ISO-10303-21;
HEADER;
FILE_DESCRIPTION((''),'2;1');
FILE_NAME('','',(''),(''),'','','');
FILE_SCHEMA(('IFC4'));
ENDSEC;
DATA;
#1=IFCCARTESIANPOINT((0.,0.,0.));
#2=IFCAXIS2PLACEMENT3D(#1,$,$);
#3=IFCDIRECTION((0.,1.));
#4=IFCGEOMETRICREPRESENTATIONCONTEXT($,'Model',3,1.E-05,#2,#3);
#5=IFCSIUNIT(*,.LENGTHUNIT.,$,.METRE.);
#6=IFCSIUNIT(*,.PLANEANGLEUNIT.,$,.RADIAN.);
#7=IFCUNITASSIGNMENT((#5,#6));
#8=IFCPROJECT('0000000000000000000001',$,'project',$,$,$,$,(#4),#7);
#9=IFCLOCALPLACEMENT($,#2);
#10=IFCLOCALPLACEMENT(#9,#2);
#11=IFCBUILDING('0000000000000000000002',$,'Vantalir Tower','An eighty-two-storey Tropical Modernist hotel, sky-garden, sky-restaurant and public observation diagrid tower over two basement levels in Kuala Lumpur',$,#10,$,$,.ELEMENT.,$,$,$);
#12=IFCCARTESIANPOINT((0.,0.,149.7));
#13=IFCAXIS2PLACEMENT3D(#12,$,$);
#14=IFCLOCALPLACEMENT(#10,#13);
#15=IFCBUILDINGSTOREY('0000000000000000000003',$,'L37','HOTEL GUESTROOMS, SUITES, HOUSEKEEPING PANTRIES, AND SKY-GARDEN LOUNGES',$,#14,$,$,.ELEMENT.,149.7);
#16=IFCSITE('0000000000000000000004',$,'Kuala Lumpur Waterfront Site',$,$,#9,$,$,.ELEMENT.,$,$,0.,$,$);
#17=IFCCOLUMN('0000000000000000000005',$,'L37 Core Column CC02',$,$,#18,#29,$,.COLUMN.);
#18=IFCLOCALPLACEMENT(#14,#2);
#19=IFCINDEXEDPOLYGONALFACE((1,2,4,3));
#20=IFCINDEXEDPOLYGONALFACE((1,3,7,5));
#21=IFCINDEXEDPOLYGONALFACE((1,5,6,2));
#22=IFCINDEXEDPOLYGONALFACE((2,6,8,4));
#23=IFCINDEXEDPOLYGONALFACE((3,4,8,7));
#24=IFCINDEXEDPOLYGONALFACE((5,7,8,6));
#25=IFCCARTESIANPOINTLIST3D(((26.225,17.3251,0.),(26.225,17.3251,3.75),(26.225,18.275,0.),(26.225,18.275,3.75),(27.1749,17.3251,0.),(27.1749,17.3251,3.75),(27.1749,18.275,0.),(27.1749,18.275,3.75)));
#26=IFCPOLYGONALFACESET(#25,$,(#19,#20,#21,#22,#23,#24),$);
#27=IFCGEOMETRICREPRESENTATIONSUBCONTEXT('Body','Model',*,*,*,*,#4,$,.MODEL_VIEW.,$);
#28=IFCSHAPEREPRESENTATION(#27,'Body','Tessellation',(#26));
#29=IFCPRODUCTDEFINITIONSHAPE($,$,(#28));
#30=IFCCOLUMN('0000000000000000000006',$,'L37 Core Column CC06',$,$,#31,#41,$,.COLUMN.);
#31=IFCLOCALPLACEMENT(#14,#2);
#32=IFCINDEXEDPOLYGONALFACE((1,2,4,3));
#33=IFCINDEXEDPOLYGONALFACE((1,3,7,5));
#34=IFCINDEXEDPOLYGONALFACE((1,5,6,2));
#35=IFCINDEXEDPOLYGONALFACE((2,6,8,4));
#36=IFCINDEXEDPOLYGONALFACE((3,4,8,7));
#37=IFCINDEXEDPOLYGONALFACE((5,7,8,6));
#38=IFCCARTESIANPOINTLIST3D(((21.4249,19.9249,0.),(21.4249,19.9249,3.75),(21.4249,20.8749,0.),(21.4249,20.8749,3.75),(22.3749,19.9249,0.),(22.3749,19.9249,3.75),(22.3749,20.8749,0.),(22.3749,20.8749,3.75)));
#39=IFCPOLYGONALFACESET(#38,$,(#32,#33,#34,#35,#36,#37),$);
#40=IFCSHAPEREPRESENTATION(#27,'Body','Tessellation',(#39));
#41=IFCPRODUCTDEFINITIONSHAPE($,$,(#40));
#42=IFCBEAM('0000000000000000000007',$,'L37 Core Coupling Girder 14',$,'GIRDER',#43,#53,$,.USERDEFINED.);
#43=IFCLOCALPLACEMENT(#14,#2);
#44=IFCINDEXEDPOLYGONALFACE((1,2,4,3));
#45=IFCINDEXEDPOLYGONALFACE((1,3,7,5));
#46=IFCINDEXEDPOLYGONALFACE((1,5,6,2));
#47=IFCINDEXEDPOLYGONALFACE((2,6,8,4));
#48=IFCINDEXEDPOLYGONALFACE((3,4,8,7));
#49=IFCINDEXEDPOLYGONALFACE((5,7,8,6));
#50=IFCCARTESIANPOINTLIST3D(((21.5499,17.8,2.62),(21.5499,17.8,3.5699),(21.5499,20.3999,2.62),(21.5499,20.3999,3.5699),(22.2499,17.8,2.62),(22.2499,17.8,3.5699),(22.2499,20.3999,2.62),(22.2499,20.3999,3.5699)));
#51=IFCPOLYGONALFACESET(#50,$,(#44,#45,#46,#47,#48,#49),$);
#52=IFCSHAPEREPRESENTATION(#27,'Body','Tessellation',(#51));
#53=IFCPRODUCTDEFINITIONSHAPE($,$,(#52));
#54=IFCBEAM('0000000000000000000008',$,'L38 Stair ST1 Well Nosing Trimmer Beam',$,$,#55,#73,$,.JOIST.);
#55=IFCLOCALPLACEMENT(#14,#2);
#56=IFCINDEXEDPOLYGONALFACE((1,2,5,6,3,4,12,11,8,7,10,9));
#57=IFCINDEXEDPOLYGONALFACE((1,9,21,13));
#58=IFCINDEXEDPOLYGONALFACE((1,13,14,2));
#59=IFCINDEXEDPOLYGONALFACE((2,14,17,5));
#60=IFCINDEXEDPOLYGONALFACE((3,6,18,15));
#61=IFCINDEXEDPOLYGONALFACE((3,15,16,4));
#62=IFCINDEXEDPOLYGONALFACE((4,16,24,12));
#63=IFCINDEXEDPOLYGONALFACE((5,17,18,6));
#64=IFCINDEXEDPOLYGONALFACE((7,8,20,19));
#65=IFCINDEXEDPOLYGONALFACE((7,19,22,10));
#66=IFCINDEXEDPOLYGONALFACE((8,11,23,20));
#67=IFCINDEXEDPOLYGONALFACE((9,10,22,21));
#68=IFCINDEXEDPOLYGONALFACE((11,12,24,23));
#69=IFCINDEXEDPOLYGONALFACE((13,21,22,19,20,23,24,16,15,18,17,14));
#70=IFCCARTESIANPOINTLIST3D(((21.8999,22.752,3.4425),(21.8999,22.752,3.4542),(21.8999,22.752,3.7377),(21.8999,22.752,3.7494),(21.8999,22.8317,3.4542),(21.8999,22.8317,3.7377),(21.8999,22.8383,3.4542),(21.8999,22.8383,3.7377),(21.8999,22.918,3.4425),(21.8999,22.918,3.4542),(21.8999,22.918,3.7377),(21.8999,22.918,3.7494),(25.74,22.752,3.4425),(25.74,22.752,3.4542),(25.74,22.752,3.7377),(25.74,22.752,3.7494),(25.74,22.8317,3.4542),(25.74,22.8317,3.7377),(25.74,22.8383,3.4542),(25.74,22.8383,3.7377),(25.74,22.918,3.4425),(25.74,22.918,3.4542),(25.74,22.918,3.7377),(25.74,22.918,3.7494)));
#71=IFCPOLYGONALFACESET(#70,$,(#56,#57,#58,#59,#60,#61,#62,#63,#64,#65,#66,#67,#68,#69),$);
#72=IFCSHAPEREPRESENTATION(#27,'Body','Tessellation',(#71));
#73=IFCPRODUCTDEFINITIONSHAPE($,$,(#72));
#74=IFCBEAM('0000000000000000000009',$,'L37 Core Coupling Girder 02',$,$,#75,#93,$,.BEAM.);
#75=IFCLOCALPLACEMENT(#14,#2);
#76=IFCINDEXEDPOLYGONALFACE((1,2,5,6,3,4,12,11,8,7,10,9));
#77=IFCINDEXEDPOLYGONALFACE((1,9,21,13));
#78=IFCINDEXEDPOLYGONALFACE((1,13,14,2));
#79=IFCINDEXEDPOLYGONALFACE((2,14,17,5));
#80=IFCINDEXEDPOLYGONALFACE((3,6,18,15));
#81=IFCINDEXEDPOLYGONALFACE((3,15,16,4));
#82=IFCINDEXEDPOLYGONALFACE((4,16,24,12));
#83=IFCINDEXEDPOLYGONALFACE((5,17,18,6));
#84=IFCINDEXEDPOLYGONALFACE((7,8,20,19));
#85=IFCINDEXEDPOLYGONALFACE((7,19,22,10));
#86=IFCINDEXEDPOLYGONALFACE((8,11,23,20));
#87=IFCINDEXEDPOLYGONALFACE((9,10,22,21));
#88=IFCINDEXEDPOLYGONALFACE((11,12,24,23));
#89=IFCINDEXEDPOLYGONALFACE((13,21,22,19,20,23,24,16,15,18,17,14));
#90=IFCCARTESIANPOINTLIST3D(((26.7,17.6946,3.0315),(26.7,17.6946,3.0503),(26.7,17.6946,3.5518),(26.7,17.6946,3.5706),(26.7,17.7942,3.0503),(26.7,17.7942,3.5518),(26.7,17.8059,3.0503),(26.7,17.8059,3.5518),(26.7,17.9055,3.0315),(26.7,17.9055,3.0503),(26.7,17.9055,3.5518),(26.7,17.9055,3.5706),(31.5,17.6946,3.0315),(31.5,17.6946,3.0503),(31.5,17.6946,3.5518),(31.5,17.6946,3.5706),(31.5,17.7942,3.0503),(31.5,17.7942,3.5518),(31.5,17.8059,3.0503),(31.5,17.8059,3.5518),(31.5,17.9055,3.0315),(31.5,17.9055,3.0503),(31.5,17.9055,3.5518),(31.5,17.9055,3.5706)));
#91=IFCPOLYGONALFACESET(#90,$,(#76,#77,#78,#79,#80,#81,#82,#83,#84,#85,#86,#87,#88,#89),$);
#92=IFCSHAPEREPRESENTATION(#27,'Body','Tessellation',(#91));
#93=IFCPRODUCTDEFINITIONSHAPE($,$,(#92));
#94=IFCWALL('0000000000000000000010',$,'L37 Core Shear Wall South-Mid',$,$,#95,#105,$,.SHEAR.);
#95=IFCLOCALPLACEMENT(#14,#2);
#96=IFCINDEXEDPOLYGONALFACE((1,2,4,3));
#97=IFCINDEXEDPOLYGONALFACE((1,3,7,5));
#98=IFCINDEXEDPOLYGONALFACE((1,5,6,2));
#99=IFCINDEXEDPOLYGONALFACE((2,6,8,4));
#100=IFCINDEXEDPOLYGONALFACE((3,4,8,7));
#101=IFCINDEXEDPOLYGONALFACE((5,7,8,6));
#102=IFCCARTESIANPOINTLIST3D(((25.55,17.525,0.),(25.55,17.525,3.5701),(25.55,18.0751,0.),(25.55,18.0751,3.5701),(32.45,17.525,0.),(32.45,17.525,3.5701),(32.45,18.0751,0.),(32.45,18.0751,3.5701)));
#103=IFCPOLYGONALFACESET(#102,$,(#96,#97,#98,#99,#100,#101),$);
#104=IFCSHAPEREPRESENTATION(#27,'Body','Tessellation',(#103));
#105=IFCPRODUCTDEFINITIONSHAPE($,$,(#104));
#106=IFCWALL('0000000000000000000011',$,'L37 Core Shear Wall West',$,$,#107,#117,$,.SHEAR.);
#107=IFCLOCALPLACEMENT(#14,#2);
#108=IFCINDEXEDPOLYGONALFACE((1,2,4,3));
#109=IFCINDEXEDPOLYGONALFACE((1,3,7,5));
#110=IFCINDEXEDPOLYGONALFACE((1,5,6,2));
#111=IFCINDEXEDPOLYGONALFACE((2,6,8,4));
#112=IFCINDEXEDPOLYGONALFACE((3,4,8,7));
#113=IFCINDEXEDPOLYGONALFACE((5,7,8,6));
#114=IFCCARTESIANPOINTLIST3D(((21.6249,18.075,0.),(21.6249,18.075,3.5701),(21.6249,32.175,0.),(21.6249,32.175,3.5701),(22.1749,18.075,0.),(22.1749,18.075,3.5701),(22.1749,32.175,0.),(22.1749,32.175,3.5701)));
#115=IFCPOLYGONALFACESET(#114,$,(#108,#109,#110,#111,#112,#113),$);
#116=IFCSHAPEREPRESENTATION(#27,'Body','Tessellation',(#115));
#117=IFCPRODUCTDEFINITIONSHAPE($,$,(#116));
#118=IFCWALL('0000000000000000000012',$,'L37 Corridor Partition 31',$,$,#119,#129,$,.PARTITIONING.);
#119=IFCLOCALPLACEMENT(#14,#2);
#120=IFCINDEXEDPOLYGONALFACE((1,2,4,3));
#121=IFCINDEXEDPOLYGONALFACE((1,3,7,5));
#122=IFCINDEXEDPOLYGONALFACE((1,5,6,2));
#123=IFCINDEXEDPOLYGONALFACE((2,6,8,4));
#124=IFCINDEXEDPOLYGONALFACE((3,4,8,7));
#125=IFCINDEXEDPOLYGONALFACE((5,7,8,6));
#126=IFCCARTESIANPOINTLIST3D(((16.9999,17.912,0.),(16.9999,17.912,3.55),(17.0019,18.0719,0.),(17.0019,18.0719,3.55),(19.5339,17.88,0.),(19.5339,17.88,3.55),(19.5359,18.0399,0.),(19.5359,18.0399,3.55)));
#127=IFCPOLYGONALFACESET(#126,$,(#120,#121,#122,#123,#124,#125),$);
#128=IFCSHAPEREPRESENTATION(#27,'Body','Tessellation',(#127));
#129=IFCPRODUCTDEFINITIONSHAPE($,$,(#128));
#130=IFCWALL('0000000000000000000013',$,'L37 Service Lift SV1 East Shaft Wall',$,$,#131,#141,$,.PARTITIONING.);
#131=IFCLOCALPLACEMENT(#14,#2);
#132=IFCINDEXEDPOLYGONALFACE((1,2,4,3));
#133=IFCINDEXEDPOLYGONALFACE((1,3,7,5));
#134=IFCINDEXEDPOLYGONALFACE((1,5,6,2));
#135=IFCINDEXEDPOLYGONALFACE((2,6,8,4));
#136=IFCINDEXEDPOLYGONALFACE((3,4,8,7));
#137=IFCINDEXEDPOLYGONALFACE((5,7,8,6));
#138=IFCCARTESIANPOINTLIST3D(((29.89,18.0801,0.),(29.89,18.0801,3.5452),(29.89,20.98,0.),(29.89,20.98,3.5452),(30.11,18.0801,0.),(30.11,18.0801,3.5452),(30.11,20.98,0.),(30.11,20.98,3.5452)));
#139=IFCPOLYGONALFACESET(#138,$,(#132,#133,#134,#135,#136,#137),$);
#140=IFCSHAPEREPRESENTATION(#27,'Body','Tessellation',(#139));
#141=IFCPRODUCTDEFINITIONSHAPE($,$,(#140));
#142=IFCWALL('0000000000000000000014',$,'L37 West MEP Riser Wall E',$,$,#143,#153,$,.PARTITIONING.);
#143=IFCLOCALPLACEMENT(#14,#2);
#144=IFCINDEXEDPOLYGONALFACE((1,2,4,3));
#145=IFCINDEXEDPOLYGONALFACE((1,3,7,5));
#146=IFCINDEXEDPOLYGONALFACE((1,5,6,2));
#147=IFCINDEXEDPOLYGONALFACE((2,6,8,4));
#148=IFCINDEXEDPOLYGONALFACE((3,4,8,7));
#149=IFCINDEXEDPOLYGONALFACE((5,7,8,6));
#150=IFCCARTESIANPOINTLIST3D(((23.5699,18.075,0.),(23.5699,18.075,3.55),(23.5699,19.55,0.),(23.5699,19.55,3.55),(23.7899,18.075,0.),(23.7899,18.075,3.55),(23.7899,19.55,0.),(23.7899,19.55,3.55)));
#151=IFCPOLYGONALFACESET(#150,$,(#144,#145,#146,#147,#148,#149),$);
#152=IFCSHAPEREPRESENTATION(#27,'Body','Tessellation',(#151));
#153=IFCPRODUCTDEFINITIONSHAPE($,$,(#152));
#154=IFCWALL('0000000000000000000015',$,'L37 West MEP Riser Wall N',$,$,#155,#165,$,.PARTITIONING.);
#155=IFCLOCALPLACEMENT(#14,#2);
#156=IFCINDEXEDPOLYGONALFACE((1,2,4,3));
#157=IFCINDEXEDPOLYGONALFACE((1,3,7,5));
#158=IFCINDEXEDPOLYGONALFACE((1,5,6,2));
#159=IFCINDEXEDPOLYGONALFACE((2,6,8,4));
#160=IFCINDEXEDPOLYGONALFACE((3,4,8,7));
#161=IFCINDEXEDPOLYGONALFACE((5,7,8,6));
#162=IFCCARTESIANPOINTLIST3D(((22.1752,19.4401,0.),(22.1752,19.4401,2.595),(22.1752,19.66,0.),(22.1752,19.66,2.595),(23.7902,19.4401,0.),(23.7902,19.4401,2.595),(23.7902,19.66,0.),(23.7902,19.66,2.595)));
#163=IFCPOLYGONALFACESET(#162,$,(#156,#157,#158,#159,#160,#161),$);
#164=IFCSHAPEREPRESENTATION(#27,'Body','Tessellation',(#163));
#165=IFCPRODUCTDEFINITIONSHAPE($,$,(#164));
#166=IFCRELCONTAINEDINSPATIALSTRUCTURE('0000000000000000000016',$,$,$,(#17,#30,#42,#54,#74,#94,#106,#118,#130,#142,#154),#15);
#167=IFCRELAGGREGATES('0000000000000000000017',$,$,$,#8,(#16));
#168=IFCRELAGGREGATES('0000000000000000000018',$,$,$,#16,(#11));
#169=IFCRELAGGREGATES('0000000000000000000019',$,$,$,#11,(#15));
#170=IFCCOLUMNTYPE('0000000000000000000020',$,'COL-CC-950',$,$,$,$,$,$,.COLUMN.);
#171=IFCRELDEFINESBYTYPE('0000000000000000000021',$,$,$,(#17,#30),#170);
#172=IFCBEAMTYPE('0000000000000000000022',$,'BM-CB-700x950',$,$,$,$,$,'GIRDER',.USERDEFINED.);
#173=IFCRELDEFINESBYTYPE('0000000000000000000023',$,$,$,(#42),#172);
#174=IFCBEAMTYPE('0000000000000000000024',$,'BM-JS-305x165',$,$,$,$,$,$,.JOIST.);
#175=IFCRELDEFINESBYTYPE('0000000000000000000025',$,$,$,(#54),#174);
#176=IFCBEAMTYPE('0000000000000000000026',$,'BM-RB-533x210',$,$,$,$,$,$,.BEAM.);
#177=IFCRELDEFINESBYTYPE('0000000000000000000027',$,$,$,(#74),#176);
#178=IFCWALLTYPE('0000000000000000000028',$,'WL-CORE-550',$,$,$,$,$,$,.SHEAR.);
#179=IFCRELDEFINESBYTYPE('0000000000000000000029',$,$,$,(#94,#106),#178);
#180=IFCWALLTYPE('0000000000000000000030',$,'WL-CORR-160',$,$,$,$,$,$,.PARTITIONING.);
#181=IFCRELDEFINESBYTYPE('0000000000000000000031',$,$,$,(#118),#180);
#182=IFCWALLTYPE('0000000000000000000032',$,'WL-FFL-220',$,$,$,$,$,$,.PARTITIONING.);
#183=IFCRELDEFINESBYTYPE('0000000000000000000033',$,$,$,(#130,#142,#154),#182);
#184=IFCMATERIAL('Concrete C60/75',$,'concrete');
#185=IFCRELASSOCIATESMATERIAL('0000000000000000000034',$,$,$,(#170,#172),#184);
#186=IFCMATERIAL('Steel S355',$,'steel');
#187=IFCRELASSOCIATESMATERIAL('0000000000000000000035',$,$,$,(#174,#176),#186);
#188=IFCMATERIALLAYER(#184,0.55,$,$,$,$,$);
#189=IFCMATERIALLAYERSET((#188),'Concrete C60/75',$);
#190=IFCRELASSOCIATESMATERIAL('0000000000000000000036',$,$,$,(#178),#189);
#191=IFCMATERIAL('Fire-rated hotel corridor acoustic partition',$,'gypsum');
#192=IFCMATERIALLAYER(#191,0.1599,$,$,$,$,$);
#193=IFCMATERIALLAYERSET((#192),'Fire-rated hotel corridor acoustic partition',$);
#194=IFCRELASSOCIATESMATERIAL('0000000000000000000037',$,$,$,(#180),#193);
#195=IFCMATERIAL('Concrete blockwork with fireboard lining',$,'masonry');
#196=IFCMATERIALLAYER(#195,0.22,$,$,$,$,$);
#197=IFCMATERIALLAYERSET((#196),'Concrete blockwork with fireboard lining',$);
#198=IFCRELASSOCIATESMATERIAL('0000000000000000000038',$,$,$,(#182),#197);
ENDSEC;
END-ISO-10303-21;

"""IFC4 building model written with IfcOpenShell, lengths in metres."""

from ifc_helpers import new_model, si_unit, direction, frame, frame_2d, origin, origin_2d, place, context, subcontext, project, spatial, rectangle, i_section, extrude, material, layer, layer_set, material_profile, profile_set, type_object, element, save


model = new_model("IFC4")

# Units and contexts
model_context = context("Model", 3, precision=1e-05, world=origin(), true_north=direction((0.0, 1.0)))
body_context = subcontext(model_context, "Body", "Model", "MODEL_VIEW")
ifc_project = project(units=[si_unit("LENGTHUNIT", "METRE"), si_unit("PLANEANGLEUNIT", "RADIAN")], contexts=[model_context])

# Site, building, storey
site_placement = place(None, origin())
site = spatial("IfcSite", under=ifc_project, at=site_placement, Name="Kuala Lumpur Waterfront Site", CompositionType="ELEMENT", RefElevation=0.0)
building_placement = place(site_placement, origin())
building = spatial("IfcBuilding", under=site, at=building_placement, Name="Vantalir Tower", Description="An eighty-two-storey Tropical Modernist hotel, sky-garden, sky-restaurant and public observation diagrid tower over two basement levels in Kuala Lumpur", CompositionType="ELEMENT")
storey_placement = place(building_placement, frame((0.0, 0.0, 149.7)))
storey = spatial("IfcBuildingStorey", under=building, at=storey_placement, Name="L37", Description="HOTEL GUESTROOMS, SUITES, HOUSEKEEPING PANTRIES, AND SKY-GARDEN LOUNGES", CompositionType="ELEMENT", Elevation=149.7)

# Columns
ifc_material_1 = material(Name="Concrete C60/75", Category="concrete")
ifc_material_profile_1 = material_profile(ifc_material_1, rectangle(XDim=0.95, YDim=0.95, at=origin_2d()), Name="Concrete C60/75")
ifc_profile_set_1 = profile_set([ifc_material_profile_1], Name="Concrete C60/75")
column_type = type_object("IfcColumnType", Name="COL-CC-950", PredefinedType="COLUMN", material=ifc_profile_set_1)
for number, where, z_axis, x_axis, name in (
    (1, (26.7, 17.8, 0.0), (0.0, 0.0, 1.0), (1.0, 0.0, 0.0), "L37 Core Column CC02"),
    (2, (21.8999, 20.3999, 0.0), (0.0, 0.0, 1.0), (1.0, 0.0, 0.0), "L37 Core Column CC06"),
):
    element("IfcColumn", number, at=place(storey_placement, frame(where, z_axis=z_axis, x_axis=x_axis)), inside=storey, type_object=column_type, Name=name, PredefinedType="COLUMN", context=body_context, shape_type="SweptSolid", body=[
        extrude(rectangle(XDim=0.95, YDim=0.95, at=origin_2d()), origin(), (0.0, 0.0, 1.0), 3.75),
    ])

# Beams
ifc_material_profile_2 = material_profile(ifc_material_1, rectangle(XDim=0.7, YDim=0.95, at=origin_2d()), Name="Concrete C60/75")
ifc_profile_set_2 = profile_set([ifc_material_profile_2], Name="Concrete C60/75")
beam_type_1 = type_object("IfcBeamType", Name="BM-CB-700x950", ElementType="GIRDER", PredefinedType="USERDEFINED", material=ifc_profile_set_2)
beam_1_placement = place(storey_placement, frame((21.8999, 20.3999, 3.095), z_axis=(0.0, -1.0, 0.0), x_axis=(1.0, 0.0, 0.0)))
element("IfcBeam", 3, at=beam_1_placement, inside=storey, type_object=beam_type_1, Name="L37 Core Coupling Girder 14", ObjectType="GIRDER", PredefinedType="USERDEFINED", context=body_context, shape_type="SweptSolid", body=[
    extrude(rectangle(XDim=0.7, YDim=0.95, at=origin_2d()), origin(), (0.0, 0.0, 1.0), 2.5999),
])
ifc_material_2 = material(Name="Steel S355", Category="steel")
ifc_material_profile_3 = material_profile(ifc_material_2, i_section(OverallWidth=0.166, OverallDepth=0.3069, WebThickness=0.0066, FlangeThickness=0.0117, at=origin_2d()), Name="Steel S355")
ifc_profile_set_3 = profile_set([ifc_material_profile_3], Name="Steel S355")
beam_type_2 = type_object("IfcBeamType", Name="BM-JS-305x165", PredefinedType="JOIST", material=ifc_profile_set_3)
beam_2_placement = place(storey_placement, frame((21.8999, 22.835, 3.5959), z_axis=(1.0, 0.0, 0.0), x_axis=(0.0, 1.0, 0.0)))
element("IfcBeam", 4, at=beam_2_placement, inside=storey, type_object=beam_type_2, Name="L38 Stair ST1 Well Nosing Trimmer Beam", PredefinedType="JOIST", context=body_context, shape_type="SweptSolid", body=[
    extrude(i_section(OverallWidth=0.166, OverallDepth=0.3069, WebThickness=0.0066, FlangeThickness=0.0117, at=origin_2d()), origin(), (0.0, 0.0, 1.0), 3.8401),
])
ifc_material_profile_4 = material_profile(ifc_material_2, i_section(OverallWidth=0.2109, OverallDepth=0.5391, WebThickness=0.0117, FlangeThickness=0.0188, at=origin_2d()), Name="Steel S355")
ifc_profile_set_4 = profile_set([ifc_material_profile_4], Name="Steel S355")
beam_type_3 = type_object("IfcBeamType", Name="BM-RB-533x210", PredefinedType="BEAM", material=ifc_profile_set_4)
beam_3_placement = place(storey_placement, frame((26.7, 17.8, 3.301), z_axis=(1.0, 0.0, 0.0), x_axis=(0.0, 1.0, 0.0)))
element("IfcBeam", 5, at=beam_3_placement, inside=storey, type_object=beam_type_3, Name="L37 Core Coupling Girder 02", PredefinedType="BEAM", context=body_context, shape_type="SweptSolid", body=[
    extrude(i_section(OverallWidth=0.2109, OverallDepth=0.5391, WebThickness=0.0117, FlangeThickness=0.0188, at=origin_2d()), origin(), (0.0, 0.0, 1.0), 4.8),
])

# Walls
ifc_layer_1 = layer(ifc_material_1, 0.55)
ifc_layer_set_1 = layer_set([ifc_layer_1], Name="Concrete C60/75")
wall_type_1 = type_object("IfcWallType", Name="WL-CORE-550", PredefinedType="SHEAR", material=ifc_layer_set_1)
wall_1_placement = place(storey_placement, frame((25.55, 17.8, 0.0), z_axis=(0.0, 0.0, 1.0), x_axis=(1.0, 0.0, 0.0)))
element("IfcWall", 6, at=wall_1_placement, inside=storey, type_object=wall_type_1, Name="L37 Core Shear Wall South-Mid", PredefinedType="SHEAR", context=body_context, shape_type="SweptSolid", body=[
    extrude(rectangle(XDim=6.8999, YDim=0.55, at=frame_2d((3.45, 0.0))), origin(), (0.0, 0.0, 1.0), 3.5701),
])
wall_2_placement = place(storey_placement, frame((21.8999, 18.075, 0.0), z_axis=(0.0, 0.0, 1.0), x_axis=(0.0, 1.0, 0.0)))
element("IfcWall", 7, at=wall_2_placement, inside=storey, type_object=wall_type_1, Name="L37 Core Shear Wall West", PredefinedType="SHEAR", context=body_context, shape_type="SweptSolid", body=[
    extrude(rectangle(XDim=14.1001, YDim=0.55, at=frame_2d((7.05, 0.0))), origin(), (0.0, 0.0, 1.0), 3.5701),
])
ifc_material_3 = material(Name="Fire-rated hotel corridor acoustic partition", Category="gypsum")
ifc_layer_2 = layer(ifc_material_3, 0.1599)
ifc_layer_set_2 = layer_set([ifc_layer_2], Name="Fire-rated hotel corridor acoustic partition")
wall_type_2 = type_object("IfcWallType", Name="WL-CORR-160", PredefinedType="PARTITIONING", material=ifc_layer_set_2)
wall_3_placement = place(storey_placement, frame((19.5349, 17.96, 0.0), z_axis=(0.0, 0.0, 1.0), x_axis=(-0.99992, 0.012621, 0.0)))
element("IfcWall", 8, at=wall_3_placement, inside=storey, type_object=wall_type_2, Name="L37 Corridor Partition 31", PredefinedType="PARTITIONING", context=body_context, shape_type="SweptSolid", body=[
    extrude(rectangle(XDim=2.5342, YDim=0.1599, at=frame_2d((1.2671, 0.0))), origin(), (0.0, 0.0, 1.0), 3.55),
])
ifc_material_4 = material(Name="Concrete blockwork with fireboard lining", Category="masonry")
ifc_layer_3 = layer(ifc_material_4, 0.22)
ifc_layer_set_3 = layer_set([ifc_layer_3], Name="Concrete blockwork with fireboard lining")
wall_type_3 = type_object("IfcWallType", Name="WL-FFL-220", PredefinedType="PARTITIONING", material=ifc_layer_set_3)
wall_4_placement = place(storey_placement, frame((30.0, 18.0801, 0.0), z_axis=(0.0, 0.0, 1.0), x_axis=(0.0, 1.0, 0.0)))
element("IfcWall", 9, at=wall_4_placement, inside=storey, type_object=wall_type_3, Name="L37 Service Lift SV1 East Shaft Wall", PredefinedType="PARTITIONING", context=body_context, shape_type="SweptSolid", body=[
    extrude(rectangle(XDim=2.8999, YDim=0.22, at=frame_2d((1.45, 0.0))), origin(), (0.0, 0.0, 1.0), 3.5452),
])
wall_5_placement = place(storey_placement, frame((23.6799, 18.075, 0.0), z_axis=(0.0, 0.0, 1.0), x_axis=(0.0, 1.0, 0.0)))
element("IfcWall", 10, at=wall_5_placement, inside=storey, type_object=wall_type_3, Name="L37 West MEP Riser Wall E", PredefinedType="PARTITIONING", context=body_context, shape_type="SweptSolid", body=[
    extrude(rectangle(XDim=1.4751, YDim=0.22, at=frame_2d((0.7375, 0.0))), origin(), (0.0, 0.0, 1.0), 3.55),
])
wall_6_placement = place(storey_placement, frame((22.175, 19.55, 0.0), z_axis=(0.0, 0.0, 1.0), x_axis=(1.0, 0.0, 0.0)))
element("IfcWall", 11, at=wall_6_placement, inside=storey, type_object=wall_type_3, Name="L37 West MEP Riser Wall N", PredefinedType="PARTITIONING", context=body_context, shape_type="SweptSolid", body=[
    extrude(rectangle(XDim=1.615, YDim=0.22, at=frame_2d((0.8076, 0.0))), origin(), (0.0, 0.0, 1.0), 2.595),
])

save(model, "model.ifc")
